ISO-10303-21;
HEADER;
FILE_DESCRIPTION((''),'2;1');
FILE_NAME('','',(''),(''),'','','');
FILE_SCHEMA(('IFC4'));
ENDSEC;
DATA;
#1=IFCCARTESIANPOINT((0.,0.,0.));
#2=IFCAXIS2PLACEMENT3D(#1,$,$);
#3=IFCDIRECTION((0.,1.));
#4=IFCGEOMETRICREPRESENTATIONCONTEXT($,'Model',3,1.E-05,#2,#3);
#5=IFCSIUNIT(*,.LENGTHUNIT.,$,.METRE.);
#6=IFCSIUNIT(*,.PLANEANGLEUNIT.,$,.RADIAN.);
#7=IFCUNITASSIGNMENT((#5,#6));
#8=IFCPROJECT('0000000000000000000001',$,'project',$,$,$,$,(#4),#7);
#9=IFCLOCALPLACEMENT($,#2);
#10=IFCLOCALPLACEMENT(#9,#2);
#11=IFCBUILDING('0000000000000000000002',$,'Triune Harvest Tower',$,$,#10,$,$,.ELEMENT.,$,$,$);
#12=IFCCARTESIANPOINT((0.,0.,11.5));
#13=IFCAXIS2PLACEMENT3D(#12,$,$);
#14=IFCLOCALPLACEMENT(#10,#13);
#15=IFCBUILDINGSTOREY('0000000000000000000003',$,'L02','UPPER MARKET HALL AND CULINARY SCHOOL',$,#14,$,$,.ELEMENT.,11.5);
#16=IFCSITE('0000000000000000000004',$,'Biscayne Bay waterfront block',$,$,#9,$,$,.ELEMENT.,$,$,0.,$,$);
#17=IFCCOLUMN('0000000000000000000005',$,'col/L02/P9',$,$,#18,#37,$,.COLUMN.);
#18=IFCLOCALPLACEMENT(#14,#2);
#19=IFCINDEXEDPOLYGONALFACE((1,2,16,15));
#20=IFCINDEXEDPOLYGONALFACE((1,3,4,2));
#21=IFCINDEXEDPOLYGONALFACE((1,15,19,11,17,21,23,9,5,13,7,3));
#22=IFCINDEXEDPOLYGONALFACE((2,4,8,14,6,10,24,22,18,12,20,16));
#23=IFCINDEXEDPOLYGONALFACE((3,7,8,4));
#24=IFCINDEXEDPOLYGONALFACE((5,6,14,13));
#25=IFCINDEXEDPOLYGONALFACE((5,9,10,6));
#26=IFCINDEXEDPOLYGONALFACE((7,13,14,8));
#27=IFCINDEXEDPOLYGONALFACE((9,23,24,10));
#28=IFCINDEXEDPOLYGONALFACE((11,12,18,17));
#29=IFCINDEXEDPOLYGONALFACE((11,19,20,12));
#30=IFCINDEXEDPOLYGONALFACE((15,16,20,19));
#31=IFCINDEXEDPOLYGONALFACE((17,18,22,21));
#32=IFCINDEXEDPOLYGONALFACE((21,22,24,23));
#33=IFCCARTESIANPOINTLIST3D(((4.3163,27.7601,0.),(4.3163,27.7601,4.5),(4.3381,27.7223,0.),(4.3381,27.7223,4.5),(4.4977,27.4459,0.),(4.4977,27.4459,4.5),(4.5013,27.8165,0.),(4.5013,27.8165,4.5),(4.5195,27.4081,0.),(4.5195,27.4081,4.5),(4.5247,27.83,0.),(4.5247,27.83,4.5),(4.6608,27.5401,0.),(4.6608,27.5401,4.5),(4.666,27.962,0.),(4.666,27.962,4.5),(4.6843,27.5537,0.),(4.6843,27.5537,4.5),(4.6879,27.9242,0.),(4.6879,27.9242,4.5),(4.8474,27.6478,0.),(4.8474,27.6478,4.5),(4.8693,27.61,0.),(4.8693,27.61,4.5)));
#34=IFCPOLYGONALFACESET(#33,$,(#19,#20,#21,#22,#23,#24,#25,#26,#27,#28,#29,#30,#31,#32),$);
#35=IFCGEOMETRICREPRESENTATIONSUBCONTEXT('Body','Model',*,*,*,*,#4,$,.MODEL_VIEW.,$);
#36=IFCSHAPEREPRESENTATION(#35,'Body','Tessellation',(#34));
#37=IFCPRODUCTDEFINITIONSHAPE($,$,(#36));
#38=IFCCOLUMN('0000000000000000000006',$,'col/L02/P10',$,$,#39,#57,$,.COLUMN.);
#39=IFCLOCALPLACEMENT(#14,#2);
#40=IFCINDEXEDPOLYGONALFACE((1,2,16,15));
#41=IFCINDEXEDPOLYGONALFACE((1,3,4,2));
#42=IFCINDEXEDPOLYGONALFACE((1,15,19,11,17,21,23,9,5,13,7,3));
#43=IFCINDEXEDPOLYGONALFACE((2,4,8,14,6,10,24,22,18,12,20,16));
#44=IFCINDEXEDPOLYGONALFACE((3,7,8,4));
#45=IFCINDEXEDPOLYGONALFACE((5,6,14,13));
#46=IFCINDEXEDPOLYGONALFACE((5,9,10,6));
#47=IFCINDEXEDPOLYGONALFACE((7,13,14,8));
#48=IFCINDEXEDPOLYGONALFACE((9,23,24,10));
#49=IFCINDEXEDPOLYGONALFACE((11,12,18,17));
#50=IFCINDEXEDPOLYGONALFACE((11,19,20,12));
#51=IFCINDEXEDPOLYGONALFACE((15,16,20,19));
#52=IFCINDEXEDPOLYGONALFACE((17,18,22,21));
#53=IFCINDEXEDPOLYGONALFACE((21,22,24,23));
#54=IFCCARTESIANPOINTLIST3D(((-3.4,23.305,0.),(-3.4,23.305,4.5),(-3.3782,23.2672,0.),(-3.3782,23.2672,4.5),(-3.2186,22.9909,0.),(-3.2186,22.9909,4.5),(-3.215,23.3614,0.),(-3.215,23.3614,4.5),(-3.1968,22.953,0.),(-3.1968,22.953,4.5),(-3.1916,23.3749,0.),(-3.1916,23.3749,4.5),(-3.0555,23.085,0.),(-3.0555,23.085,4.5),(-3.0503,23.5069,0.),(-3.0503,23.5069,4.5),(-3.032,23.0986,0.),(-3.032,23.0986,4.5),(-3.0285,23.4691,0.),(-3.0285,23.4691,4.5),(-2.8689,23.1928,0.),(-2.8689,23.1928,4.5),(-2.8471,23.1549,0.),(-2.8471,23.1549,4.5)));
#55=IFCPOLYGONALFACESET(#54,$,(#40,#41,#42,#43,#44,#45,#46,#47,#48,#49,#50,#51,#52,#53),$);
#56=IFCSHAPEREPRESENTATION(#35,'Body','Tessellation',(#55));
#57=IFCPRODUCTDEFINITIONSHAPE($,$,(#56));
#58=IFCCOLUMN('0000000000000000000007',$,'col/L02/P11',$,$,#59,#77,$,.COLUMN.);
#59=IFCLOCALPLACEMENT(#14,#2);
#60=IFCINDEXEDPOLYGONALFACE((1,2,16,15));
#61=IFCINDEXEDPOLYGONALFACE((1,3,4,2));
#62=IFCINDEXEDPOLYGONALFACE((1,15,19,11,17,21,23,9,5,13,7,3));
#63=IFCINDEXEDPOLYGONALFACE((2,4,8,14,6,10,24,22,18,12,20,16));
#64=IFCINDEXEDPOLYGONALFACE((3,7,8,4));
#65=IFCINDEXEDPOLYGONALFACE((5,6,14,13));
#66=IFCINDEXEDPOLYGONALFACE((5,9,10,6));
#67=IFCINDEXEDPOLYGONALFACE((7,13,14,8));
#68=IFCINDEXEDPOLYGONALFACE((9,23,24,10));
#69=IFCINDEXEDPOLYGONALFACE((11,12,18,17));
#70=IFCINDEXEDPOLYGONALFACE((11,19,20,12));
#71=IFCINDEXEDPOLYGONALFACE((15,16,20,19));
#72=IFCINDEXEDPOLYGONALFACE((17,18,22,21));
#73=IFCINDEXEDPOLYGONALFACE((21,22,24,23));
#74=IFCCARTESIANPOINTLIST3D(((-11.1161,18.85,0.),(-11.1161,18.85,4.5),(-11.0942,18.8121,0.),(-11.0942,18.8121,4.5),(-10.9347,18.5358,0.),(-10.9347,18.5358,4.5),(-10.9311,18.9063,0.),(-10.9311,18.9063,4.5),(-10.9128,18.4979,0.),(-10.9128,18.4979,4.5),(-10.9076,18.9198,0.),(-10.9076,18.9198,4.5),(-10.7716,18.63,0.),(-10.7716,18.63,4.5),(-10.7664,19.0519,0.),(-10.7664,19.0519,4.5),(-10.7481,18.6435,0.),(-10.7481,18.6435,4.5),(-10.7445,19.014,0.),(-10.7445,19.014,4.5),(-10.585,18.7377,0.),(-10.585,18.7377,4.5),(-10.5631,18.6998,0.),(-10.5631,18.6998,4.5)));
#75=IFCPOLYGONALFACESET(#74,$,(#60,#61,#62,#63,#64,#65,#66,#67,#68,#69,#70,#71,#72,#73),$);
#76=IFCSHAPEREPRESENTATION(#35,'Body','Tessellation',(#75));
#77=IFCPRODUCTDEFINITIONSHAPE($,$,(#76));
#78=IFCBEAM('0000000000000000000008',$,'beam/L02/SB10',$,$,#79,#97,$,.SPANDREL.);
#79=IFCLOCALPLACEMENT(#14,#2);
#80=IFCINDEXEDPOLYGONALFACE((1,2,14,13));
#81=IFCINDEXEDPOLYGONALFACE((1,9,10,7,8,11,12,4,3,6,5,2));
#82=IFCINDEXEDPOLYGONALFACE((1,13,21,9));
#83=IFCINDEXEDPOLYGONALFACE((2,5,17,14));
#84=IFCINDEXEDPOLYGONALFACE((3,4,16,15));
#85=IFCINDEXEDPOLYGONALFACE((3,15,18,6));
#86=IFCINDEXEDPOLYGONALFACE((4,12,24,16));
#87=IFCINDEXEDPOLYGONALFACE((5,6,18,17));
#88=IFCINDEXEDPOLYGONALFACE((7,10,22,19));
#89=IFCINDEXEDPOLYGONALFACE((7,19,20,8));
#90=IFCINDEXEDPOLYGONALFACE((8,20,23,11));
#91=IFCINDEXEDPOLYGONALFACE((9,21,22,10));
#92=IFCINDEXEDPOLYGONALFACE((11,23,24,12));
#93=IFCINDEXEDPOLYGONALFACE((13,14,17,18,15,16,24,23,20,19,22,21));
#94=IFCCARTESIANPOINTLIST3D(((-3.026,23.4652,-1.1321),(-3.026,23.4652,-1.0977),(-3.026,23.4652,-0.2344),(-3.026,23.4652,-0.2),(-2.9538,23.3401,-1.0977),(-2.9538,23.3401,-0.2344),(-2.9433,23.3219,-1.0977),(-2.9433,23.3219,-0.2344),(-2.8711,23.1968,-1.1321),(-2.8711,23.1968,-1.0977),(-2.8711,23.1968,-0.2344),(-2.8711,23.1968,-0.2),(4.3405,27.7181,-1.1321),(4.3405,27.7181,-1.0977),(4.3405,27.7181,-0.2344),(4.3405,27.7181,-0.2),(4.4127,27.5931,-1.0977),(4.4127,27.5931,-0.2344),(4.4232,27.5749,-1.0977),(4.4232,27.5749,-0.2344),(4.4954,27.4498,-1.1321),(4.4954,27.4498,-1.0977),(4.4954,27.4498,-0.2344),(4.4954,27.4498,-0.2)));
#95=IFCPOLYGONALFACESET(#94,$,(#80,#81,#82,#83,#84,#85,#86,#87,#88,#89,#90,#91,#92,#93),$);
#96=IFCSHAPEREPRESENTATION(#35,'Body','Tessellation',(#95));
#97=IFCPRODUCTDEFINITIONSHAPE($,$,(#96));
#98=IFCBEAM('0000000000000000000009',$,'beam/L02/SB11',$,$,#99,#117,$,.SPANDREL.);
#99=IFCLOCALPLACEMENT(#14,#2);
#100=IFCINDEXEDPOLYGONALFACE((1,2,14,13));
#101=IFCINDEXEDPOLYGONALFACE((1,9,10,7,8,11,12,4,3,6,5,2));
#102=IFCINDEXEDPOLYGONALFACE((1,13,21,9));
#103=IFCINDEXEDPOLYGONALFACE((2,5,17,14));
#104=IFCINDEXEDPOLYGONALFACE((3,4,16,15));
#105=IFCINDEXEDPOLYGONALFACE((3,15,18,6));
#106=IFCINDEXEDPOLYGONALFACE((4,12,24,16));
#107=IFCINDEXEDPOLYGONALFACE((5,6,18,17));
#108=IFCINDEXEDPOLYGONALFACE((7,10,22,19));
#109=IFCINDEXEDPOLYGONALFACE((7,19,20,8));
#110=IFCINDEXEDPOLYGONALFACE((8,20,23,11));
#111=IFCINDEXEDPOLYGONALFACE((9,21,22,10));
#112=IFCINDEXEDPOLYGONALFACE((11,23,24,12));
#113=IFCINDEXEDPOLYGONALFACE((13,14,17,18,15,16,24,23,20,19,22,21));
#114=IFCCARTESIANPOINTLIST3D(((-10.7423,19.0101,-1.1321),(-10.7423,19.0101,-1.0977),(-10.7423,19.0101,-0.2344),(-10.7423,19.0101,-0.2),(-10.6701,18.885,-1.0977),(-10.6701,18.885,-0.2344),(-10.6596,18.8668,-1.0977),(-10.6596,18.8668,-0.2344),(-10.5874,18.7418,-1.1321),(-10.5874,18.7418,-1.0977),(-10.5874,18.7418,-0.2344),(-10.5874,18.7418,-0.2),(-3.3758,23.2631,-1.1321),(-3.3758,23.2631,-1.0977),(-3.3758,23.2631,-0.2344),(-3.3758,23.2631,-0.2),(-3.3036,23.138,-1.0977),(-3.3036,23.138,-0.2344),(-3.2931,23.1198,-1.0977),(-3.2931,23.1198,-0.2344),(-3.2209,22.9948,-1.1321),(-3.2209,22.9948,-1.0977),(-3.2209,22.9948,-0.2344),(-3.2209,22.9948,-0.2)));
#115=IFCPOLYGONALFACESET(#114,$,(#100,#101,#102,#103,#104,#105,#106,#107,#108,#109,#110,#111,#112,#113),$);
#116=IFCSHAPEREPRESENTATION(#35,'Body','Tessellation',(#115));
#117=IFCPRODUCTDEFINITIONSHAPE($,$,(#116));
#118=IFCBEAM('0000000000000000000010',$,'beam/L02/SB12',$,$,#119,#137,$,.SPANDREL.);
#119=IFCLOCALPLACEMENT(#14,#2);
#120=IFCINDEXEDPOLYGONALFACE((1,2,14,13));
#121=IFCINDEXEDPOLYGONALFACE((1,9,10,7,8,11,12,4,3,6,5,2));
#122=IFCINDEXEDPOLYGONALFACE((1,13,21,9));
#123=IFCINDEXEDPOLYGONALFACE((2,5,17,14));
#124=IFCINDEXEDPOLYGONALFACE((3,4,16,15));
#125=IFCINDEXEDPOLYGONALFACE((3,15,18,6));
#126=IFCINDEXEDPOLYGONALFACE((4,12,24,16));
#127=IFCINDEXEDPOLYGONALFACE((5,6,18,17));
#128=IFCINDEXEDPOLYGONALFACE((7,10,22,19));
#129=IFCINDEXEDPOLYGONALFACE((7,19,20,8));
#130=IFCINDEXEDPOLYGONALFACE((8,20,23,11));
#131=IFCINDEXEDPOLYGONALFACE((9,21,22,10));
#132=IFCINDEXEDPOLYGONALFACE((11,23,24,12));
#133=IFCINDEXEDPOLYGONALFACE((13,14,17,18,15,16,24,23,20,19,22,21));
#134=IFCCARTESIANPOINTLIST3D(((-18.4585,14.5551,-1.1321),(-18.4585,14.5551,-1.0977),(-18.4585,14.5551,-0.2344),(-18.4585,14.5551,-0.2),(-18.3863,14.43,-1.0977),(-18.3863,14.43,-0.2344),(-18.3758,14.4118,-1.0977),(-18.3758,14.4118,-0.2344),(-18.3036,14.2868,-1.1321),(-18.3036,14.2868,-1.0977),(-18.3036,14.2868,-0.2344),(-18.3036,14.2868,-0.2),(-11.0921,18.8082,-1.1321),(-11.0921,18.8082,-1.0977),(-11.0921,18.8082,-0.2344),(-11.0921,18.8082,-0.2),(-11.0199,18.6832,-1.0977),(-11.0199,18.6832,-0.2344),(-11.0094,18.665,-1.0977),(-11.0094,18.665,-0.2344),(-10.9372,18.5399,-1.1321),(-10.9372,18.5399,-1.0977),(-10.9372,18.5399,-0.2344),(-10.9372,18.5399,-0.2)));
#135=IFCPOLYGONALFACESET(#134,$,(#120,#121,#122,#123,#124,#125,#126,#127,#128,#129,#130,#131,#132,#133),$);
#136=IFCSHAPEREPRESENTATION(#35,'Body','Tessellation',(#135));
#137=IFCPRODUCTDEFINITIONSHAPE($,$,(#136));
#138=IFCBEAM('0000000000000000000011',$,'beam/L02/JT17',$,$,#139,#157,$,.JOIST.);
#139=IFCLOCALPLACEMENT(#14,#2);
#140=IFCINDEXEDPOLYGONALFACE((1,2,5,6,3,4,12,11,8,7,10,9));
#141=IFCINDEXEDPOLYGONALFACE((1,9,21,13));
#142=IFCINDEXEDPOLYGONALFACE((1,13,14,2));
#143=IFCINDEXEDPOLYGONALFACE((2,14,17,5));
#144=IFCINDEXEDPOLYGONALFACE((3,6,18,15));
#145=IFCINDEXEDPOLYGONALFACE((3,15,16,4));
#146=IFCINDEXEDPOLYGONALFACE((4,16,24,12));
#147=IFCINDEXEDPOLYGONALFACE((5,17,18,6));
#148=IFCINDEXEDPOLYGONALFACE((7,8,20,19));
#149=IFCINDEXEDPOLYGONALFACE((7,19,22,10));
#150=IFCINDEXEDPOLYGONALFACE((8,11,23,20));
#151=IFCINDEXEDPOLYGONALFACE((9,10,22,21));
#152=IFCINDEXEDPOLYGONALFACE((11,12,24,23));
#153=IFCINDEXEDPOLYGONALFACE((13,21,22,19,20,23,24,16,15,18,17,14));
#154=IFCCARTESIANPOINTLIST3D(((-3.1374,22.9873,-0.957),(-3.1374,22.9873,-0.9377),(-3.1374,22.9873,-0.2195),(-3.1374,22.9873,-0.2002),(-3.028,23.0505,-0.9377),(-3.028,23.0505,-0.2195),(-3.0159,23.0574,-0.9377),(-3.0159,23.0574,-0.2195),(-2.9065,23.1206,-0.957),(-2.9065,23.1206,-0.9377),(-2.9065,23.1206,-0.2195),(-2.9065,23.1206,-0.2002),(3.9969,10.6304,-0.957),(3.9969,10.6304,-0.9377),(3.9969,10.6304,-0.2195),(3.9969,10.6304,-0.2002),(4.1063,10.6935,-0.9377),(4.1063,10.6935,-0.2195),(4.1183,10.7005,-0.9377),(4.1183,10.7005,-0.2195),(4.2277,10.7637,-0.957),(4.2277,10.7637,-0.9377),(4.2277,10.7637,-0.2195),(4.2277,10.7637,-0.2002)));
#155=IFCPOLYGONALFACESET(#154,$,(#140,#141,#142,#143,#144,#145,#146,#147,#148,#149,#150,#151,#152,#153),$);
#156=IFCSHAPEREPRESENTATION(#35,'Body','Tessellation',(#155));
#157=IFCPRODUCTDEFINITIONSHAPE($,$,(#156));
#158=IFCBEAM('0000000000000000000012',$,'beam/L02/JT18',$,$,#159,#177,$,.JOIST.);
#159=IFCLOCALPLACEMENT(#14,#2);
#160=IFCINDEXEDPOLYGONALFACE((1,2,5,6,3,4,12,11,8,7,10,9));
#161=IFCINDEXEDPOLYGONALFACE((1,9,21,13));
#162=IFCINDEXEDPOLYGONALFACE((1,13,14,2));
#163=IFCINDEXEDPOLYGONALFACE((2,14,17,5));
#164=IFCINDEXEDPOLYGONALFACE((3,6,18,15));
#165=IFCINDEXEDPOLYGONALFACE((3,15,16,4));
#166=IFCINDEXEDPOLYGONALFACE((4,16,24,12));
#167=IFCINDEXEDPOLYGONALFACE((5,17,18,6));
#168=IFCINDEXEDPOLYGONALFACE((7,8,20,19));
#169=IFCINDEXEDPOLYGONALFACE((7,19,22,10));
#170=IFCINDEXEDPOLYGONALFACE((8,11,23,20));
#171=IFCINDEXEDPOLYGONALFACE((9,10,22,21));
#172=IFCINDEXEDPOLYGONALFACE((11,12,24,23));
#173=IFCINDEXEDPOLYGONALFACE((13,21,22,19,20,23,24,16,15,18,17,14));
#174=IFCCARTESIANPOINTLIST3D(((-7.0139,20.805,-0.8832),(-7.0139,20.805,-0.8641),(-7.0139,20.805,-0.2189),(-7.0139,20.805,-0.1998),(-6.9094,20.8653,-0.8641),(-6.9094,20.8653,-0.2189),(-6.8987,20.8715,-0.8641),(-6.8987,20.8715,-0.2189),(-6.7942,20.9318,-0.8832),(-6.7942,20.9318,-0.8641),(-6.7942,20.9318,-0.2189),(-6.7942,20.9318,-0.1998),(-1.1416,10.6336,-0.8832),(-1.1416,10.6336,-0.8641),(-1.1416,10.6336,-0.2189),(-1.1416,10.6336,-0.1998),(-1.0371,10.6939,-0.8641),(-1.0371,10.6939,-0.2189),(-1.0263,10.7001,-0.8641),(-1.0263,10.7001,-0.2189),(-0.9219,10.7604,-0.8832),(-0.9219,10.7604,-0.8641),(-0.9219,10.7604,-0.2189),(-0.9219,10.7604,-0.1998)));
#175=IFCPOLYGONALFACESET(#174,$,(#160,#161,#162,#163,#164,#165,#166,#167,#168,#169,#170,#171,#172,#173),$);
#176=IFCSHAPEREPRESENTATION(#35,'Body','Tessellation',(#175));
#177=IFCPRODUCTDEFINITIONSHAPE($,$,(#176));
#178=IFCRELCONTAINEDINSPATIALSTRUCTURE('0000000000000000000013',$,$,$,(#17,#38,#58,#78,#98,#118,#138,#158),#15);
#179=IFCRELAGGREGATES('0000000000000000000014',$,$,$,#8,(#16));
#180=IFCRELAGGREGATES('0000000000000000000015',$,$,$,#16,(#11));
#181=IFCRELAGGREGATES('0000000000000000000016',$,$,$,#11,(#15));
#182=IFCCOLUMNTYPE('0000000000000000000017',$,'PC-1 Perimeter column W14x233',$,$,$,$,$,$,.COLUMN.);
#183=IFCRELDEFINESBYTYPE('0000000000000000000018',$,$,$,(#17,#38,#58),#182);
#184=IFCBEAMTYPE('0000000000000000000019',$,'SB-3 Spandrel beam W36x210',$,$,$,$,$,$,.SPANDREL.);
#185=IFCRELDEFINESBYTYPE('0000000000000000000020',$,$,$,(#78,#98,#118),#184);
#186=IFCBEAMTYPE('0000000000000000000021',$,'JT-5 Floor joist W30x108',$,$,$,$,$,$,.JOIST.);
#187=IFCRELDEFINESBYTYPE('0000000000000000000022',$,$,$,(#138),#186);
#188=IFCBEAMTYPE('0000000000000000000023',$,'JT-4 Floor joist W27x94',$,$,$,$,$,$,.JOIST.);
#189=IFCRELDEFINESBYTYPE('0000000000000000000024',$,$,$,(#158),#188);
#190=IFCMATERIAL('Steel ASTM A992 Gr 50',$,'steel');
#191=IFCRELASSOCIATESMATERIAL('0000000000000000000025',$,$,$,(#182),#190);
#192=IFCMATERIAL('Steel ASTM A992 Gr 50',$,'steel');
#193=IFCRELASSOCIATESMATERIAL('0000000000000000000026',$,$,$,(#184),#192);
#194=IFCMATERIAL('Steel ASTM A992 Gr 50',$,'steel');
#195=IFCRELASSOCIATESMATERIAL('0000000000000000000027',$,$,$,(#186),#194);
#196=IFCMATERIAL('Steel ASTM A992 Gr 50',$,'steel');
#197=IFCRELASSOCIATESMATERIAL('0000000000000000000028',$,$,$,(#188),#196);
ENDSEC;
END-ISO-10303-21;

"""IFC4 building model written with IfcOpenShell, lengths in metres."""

from ifc_helpers import new_model, si_unit, direction, frame, origin, origin_2d, place, context, subcontext, project, spatial, i_section, extrude, source, transform, mapped, material, material_profile, profile_set, type_object, element, save


model = new_model("IFC4")

# Units and contexts
model_context = context("Model", 3, precision=1e-05, world=origin(), true_north=direction((0.0, 1.0)))
body_context = subcontext(model_context, "Body", "Model", "MODEL_VIEW")
ifc_project = project(units=[si_unit("LENGTHUNIT", "METRE"), si_unit("PLANEANGLEUNIT", "RADIAN")], contexts=[model_context])

# Site, building, storey
site_placement = place(None, origin())
site = spatial("IfcSite", under=ifc_project, at=site_placement, Name="Biscayne Bay waterfront block", CompositionType="ELEMENT", RefElevation=0.0)
building_placement = place(site_placement, origin())
building = spatial("IfcBuilding", under=site, at=building_placement, Name="Triune Harvest Tower", CompositionType="ELEMENT")
storey_placement = place(building_placement, frame((0.0, 0.0, 11.5)))
storey = spatial("IfcBuildingStorey", under=building, at=storey_placement, Name="L02", Description="UPPER MARKET HALL AND CULINARY SCHOOL", CompositionType="ELEMENT", Elevation=11.5)

# Columns
ifc_material_1 = material(Name="Steel ASTM A992 Gr 50", Category="steel")
ifc_material_profile_1 = material_profile(ifc_material_1, i_section(OverallWidth=0.4038, OverallDepth=0.4065, WebThickness=0.0271, FlangeThickness=0.0437, at=origin_2d()), Name="W14x233")
ifc_profile_set_1 = profile_set([ifc_material_profile_1], Name="Steel ASTM A992 Gr 50")
column_type = type_object("IfcColumnType", Name="PC-1 Perimeter column W14x233", PredefinedType="COLUMN", material=ifc_profile_set_1)
shared_shape_1 = source(origin(), body_context, "Body", "SweptSolid", [
    extrude(i_section(OverallWidth=0.4038, OverallDepth=0.4065, WebThickness=0.0271, FlangeThickness=0.0437, at=origin_2d()), origin(), (0.0, 0.0, 1.0), 4.5),
])
for number, where, z_axis, x_axis, name in (
    (1, (4.5928, 27.6851, 0.0), (0.0, 0.0, 1.0), (-0.866025, -0.5, 0.0), "col/L02/P9"),
    (2, (-3.1235, 23.23, 0.0), (0.0, 0.0, 1.0), (-0.866025, -0.5, 0.0), "col/L02/P10"),
    (3, (-10.8396, 18.7749, 0.0), (0.0, 0.0, 1.0), (-0.866025, -0.5, 0.0), "col/L02/P11"),
):
    element("IfcColumn", number, at=place(storey_placement, frame(where, z_axis=z_axis, x_axis=x_axis)), inside=storey, type_object=column_type, Name=name, PredefinedType="COLUMN", context=body_context, shape_type="MappedRepresentation", body=[
        mapped(shared_shape_1, transform((0.0, 0.0, 0.0), scale=1.0)),
    ])

# Beams
ifc_material_2 = material(Name="Steel ASTM A992 Gr 50", Category="steel")
ifc_material_profile_2 = material_profile(ifc_material_2, i_section(OverallWidth=0.3098, OverallDepth=0.9321, WebThickness=0.021, FlangeThickness=0.0344, at=origin_2d()), Name="W36x210")
ifc_profile_set_2 = profile_set([ifc_material_profile_2], Name="Steel ASTM A992 Gr 50")
beam_type_1 = type_object("IfcBeamType", Name="SB-3 Spandrel beam W36x210", PredefinedType="SPANDREL", material=ifc_profile_set_2)
shared_shape_2 = source(origin(), body_context, "Body", "SweptSolid", [
    extrude(i_section(OverallWidth=0.3098, OverallDepth=0.9321, WebThickness=0.021, FlangeThickness=0.0344, at=origin_2d()), origin(), (0.0, 0.0, 1.0), 8.5061),
])
for number, where, z_axis, x_axis, name in (
    (4, (4.418, 27.584, -0.666), (-0.86603, -0.499992, 0.0), (0.499992, -0.86603, 0.0), "beam/L02/SB10"),
    (5, (-3.2983, 23.1289, -0.666), (-0.86603, -0.499992, 0.0), (0.499992, -0.86603, 0.0), "beam/L02/SB11"),
    (6, (-11.0146, 18.6741, -0.666), (-0.866018, -0.500013, 0.0), (0.500013, -0.866018, 0.0), "beam/L02/SB12"),
):
    element("IfcBeam", number, at=place(storey_placement, frame(where, z_axis=z_axis, x_axis=x_axis)), inside=storey, type_object=beam_type_1, Name=name, PredefinedType="SPANDREL", context=body_context, shape_type="MappedRepresentation", body=[
        mapped(shared_shape_2, transform((0.0, 0.0, 0.0), scale=1.0)),
    ])
ifc_material_3 = material(Name="Steel ASTM A992 Gr 50", Category="steel")
ifc_material_profile_3 = material_profile(ifc_material_3, i_section(OverallWidth=0.2666, OverallDepth=0.7568, WebThickness=0.0139, FlangeThickness=0.0193, at=origin_2d()), Name="W30x108")
ifc_profile_set_3 = profile_set([ifc_material_profile_3], Name="Steel ASTM A992 Gr 50")
beam_type_2 = type_object("IfcBeamType", Name="JT-5 Floor joist W30x108", PredefinedType="JOIST", material=ifc_profile_set_3)
shared_shape_3 = source(origin(), body_context, "Body", "SweptSolid", [
    extrude(i_section(OverallWidth=0.2666, OverallDepth=0.7568, WebThickness=0.0139, FlangeThickness=0.0193, at=origin_2d()), origin(), (0.0, 0.0, 1.0), 14.2686),
])
beam_1_placement = place(storey_placement, frame((-3.022, 23.054, -0.5786), z_axis=(0.5, -0.866025, 0.0), x_axis=(0.866025, 0.5, 0.0)))
element("IfcBeam", 7, at=beam_1_placement, inside=storey, type_object=beam_type_2, Name="beam/L02/JT17", PredefinedType="JOIST", context=body_context, shape_type="MappedRepresentation", body=[
    mapped(shared_shape_3, transform((0.0, 0.0, 0.0), scale=1.0)),
])
ifc_material_4 = material(Name="Steel ASTM A992 Gr 50", Category="steel")
ifc_material_profile_4 = material_profile(ifc_material_4, i_section(OverallWidth=0.2537, OverallDepth=0.6833, WebThickness=0.0125, FlangeThickness=0.019, at=origin_2d()), Name="W27x94")
ifc_profile_set_4 = profile_set([ifc_material_profile_4], Name="Steel ASTM A992 Gr 50")
beam_type_3 = type_object("IfcBeamType", Name="JT-4 Floor joist W27x94", PredefinedType="JOIST", material=ifc_profile_set_4)
shared_shape_4 = source(origin(), body_context, "Body", "SweptSolid", [
    extrude(i_section(OverallWidth=0.2537, OverallDepth=0.6833, WebThickness=0.0125, FlangeThickness=0.019, at=origin_2d()), origin(), (0.0, 0.0, 1.0), 11.7449),
])
beam_2_placement = place(storey_placement, frame((-6.9041, 20.8684, -0.5415), z_axis=(0.499991, -0.866031, 0.0), x_axis=(0.866031, 0.499991, 0.0)))
element("IfcBeam", 8, at=beam_2_placement, inside=storey, type_object=beam_type_3, Name="beam/L02/JT18", PredefinedType="JOIST", context=body_context, shape_type="MappedRepresentation", body=[
    mapped(shared_shape_4, transform((0.0, 0.0, 0.0), scale=1.0)),
])

save(model, "model.ifc")
